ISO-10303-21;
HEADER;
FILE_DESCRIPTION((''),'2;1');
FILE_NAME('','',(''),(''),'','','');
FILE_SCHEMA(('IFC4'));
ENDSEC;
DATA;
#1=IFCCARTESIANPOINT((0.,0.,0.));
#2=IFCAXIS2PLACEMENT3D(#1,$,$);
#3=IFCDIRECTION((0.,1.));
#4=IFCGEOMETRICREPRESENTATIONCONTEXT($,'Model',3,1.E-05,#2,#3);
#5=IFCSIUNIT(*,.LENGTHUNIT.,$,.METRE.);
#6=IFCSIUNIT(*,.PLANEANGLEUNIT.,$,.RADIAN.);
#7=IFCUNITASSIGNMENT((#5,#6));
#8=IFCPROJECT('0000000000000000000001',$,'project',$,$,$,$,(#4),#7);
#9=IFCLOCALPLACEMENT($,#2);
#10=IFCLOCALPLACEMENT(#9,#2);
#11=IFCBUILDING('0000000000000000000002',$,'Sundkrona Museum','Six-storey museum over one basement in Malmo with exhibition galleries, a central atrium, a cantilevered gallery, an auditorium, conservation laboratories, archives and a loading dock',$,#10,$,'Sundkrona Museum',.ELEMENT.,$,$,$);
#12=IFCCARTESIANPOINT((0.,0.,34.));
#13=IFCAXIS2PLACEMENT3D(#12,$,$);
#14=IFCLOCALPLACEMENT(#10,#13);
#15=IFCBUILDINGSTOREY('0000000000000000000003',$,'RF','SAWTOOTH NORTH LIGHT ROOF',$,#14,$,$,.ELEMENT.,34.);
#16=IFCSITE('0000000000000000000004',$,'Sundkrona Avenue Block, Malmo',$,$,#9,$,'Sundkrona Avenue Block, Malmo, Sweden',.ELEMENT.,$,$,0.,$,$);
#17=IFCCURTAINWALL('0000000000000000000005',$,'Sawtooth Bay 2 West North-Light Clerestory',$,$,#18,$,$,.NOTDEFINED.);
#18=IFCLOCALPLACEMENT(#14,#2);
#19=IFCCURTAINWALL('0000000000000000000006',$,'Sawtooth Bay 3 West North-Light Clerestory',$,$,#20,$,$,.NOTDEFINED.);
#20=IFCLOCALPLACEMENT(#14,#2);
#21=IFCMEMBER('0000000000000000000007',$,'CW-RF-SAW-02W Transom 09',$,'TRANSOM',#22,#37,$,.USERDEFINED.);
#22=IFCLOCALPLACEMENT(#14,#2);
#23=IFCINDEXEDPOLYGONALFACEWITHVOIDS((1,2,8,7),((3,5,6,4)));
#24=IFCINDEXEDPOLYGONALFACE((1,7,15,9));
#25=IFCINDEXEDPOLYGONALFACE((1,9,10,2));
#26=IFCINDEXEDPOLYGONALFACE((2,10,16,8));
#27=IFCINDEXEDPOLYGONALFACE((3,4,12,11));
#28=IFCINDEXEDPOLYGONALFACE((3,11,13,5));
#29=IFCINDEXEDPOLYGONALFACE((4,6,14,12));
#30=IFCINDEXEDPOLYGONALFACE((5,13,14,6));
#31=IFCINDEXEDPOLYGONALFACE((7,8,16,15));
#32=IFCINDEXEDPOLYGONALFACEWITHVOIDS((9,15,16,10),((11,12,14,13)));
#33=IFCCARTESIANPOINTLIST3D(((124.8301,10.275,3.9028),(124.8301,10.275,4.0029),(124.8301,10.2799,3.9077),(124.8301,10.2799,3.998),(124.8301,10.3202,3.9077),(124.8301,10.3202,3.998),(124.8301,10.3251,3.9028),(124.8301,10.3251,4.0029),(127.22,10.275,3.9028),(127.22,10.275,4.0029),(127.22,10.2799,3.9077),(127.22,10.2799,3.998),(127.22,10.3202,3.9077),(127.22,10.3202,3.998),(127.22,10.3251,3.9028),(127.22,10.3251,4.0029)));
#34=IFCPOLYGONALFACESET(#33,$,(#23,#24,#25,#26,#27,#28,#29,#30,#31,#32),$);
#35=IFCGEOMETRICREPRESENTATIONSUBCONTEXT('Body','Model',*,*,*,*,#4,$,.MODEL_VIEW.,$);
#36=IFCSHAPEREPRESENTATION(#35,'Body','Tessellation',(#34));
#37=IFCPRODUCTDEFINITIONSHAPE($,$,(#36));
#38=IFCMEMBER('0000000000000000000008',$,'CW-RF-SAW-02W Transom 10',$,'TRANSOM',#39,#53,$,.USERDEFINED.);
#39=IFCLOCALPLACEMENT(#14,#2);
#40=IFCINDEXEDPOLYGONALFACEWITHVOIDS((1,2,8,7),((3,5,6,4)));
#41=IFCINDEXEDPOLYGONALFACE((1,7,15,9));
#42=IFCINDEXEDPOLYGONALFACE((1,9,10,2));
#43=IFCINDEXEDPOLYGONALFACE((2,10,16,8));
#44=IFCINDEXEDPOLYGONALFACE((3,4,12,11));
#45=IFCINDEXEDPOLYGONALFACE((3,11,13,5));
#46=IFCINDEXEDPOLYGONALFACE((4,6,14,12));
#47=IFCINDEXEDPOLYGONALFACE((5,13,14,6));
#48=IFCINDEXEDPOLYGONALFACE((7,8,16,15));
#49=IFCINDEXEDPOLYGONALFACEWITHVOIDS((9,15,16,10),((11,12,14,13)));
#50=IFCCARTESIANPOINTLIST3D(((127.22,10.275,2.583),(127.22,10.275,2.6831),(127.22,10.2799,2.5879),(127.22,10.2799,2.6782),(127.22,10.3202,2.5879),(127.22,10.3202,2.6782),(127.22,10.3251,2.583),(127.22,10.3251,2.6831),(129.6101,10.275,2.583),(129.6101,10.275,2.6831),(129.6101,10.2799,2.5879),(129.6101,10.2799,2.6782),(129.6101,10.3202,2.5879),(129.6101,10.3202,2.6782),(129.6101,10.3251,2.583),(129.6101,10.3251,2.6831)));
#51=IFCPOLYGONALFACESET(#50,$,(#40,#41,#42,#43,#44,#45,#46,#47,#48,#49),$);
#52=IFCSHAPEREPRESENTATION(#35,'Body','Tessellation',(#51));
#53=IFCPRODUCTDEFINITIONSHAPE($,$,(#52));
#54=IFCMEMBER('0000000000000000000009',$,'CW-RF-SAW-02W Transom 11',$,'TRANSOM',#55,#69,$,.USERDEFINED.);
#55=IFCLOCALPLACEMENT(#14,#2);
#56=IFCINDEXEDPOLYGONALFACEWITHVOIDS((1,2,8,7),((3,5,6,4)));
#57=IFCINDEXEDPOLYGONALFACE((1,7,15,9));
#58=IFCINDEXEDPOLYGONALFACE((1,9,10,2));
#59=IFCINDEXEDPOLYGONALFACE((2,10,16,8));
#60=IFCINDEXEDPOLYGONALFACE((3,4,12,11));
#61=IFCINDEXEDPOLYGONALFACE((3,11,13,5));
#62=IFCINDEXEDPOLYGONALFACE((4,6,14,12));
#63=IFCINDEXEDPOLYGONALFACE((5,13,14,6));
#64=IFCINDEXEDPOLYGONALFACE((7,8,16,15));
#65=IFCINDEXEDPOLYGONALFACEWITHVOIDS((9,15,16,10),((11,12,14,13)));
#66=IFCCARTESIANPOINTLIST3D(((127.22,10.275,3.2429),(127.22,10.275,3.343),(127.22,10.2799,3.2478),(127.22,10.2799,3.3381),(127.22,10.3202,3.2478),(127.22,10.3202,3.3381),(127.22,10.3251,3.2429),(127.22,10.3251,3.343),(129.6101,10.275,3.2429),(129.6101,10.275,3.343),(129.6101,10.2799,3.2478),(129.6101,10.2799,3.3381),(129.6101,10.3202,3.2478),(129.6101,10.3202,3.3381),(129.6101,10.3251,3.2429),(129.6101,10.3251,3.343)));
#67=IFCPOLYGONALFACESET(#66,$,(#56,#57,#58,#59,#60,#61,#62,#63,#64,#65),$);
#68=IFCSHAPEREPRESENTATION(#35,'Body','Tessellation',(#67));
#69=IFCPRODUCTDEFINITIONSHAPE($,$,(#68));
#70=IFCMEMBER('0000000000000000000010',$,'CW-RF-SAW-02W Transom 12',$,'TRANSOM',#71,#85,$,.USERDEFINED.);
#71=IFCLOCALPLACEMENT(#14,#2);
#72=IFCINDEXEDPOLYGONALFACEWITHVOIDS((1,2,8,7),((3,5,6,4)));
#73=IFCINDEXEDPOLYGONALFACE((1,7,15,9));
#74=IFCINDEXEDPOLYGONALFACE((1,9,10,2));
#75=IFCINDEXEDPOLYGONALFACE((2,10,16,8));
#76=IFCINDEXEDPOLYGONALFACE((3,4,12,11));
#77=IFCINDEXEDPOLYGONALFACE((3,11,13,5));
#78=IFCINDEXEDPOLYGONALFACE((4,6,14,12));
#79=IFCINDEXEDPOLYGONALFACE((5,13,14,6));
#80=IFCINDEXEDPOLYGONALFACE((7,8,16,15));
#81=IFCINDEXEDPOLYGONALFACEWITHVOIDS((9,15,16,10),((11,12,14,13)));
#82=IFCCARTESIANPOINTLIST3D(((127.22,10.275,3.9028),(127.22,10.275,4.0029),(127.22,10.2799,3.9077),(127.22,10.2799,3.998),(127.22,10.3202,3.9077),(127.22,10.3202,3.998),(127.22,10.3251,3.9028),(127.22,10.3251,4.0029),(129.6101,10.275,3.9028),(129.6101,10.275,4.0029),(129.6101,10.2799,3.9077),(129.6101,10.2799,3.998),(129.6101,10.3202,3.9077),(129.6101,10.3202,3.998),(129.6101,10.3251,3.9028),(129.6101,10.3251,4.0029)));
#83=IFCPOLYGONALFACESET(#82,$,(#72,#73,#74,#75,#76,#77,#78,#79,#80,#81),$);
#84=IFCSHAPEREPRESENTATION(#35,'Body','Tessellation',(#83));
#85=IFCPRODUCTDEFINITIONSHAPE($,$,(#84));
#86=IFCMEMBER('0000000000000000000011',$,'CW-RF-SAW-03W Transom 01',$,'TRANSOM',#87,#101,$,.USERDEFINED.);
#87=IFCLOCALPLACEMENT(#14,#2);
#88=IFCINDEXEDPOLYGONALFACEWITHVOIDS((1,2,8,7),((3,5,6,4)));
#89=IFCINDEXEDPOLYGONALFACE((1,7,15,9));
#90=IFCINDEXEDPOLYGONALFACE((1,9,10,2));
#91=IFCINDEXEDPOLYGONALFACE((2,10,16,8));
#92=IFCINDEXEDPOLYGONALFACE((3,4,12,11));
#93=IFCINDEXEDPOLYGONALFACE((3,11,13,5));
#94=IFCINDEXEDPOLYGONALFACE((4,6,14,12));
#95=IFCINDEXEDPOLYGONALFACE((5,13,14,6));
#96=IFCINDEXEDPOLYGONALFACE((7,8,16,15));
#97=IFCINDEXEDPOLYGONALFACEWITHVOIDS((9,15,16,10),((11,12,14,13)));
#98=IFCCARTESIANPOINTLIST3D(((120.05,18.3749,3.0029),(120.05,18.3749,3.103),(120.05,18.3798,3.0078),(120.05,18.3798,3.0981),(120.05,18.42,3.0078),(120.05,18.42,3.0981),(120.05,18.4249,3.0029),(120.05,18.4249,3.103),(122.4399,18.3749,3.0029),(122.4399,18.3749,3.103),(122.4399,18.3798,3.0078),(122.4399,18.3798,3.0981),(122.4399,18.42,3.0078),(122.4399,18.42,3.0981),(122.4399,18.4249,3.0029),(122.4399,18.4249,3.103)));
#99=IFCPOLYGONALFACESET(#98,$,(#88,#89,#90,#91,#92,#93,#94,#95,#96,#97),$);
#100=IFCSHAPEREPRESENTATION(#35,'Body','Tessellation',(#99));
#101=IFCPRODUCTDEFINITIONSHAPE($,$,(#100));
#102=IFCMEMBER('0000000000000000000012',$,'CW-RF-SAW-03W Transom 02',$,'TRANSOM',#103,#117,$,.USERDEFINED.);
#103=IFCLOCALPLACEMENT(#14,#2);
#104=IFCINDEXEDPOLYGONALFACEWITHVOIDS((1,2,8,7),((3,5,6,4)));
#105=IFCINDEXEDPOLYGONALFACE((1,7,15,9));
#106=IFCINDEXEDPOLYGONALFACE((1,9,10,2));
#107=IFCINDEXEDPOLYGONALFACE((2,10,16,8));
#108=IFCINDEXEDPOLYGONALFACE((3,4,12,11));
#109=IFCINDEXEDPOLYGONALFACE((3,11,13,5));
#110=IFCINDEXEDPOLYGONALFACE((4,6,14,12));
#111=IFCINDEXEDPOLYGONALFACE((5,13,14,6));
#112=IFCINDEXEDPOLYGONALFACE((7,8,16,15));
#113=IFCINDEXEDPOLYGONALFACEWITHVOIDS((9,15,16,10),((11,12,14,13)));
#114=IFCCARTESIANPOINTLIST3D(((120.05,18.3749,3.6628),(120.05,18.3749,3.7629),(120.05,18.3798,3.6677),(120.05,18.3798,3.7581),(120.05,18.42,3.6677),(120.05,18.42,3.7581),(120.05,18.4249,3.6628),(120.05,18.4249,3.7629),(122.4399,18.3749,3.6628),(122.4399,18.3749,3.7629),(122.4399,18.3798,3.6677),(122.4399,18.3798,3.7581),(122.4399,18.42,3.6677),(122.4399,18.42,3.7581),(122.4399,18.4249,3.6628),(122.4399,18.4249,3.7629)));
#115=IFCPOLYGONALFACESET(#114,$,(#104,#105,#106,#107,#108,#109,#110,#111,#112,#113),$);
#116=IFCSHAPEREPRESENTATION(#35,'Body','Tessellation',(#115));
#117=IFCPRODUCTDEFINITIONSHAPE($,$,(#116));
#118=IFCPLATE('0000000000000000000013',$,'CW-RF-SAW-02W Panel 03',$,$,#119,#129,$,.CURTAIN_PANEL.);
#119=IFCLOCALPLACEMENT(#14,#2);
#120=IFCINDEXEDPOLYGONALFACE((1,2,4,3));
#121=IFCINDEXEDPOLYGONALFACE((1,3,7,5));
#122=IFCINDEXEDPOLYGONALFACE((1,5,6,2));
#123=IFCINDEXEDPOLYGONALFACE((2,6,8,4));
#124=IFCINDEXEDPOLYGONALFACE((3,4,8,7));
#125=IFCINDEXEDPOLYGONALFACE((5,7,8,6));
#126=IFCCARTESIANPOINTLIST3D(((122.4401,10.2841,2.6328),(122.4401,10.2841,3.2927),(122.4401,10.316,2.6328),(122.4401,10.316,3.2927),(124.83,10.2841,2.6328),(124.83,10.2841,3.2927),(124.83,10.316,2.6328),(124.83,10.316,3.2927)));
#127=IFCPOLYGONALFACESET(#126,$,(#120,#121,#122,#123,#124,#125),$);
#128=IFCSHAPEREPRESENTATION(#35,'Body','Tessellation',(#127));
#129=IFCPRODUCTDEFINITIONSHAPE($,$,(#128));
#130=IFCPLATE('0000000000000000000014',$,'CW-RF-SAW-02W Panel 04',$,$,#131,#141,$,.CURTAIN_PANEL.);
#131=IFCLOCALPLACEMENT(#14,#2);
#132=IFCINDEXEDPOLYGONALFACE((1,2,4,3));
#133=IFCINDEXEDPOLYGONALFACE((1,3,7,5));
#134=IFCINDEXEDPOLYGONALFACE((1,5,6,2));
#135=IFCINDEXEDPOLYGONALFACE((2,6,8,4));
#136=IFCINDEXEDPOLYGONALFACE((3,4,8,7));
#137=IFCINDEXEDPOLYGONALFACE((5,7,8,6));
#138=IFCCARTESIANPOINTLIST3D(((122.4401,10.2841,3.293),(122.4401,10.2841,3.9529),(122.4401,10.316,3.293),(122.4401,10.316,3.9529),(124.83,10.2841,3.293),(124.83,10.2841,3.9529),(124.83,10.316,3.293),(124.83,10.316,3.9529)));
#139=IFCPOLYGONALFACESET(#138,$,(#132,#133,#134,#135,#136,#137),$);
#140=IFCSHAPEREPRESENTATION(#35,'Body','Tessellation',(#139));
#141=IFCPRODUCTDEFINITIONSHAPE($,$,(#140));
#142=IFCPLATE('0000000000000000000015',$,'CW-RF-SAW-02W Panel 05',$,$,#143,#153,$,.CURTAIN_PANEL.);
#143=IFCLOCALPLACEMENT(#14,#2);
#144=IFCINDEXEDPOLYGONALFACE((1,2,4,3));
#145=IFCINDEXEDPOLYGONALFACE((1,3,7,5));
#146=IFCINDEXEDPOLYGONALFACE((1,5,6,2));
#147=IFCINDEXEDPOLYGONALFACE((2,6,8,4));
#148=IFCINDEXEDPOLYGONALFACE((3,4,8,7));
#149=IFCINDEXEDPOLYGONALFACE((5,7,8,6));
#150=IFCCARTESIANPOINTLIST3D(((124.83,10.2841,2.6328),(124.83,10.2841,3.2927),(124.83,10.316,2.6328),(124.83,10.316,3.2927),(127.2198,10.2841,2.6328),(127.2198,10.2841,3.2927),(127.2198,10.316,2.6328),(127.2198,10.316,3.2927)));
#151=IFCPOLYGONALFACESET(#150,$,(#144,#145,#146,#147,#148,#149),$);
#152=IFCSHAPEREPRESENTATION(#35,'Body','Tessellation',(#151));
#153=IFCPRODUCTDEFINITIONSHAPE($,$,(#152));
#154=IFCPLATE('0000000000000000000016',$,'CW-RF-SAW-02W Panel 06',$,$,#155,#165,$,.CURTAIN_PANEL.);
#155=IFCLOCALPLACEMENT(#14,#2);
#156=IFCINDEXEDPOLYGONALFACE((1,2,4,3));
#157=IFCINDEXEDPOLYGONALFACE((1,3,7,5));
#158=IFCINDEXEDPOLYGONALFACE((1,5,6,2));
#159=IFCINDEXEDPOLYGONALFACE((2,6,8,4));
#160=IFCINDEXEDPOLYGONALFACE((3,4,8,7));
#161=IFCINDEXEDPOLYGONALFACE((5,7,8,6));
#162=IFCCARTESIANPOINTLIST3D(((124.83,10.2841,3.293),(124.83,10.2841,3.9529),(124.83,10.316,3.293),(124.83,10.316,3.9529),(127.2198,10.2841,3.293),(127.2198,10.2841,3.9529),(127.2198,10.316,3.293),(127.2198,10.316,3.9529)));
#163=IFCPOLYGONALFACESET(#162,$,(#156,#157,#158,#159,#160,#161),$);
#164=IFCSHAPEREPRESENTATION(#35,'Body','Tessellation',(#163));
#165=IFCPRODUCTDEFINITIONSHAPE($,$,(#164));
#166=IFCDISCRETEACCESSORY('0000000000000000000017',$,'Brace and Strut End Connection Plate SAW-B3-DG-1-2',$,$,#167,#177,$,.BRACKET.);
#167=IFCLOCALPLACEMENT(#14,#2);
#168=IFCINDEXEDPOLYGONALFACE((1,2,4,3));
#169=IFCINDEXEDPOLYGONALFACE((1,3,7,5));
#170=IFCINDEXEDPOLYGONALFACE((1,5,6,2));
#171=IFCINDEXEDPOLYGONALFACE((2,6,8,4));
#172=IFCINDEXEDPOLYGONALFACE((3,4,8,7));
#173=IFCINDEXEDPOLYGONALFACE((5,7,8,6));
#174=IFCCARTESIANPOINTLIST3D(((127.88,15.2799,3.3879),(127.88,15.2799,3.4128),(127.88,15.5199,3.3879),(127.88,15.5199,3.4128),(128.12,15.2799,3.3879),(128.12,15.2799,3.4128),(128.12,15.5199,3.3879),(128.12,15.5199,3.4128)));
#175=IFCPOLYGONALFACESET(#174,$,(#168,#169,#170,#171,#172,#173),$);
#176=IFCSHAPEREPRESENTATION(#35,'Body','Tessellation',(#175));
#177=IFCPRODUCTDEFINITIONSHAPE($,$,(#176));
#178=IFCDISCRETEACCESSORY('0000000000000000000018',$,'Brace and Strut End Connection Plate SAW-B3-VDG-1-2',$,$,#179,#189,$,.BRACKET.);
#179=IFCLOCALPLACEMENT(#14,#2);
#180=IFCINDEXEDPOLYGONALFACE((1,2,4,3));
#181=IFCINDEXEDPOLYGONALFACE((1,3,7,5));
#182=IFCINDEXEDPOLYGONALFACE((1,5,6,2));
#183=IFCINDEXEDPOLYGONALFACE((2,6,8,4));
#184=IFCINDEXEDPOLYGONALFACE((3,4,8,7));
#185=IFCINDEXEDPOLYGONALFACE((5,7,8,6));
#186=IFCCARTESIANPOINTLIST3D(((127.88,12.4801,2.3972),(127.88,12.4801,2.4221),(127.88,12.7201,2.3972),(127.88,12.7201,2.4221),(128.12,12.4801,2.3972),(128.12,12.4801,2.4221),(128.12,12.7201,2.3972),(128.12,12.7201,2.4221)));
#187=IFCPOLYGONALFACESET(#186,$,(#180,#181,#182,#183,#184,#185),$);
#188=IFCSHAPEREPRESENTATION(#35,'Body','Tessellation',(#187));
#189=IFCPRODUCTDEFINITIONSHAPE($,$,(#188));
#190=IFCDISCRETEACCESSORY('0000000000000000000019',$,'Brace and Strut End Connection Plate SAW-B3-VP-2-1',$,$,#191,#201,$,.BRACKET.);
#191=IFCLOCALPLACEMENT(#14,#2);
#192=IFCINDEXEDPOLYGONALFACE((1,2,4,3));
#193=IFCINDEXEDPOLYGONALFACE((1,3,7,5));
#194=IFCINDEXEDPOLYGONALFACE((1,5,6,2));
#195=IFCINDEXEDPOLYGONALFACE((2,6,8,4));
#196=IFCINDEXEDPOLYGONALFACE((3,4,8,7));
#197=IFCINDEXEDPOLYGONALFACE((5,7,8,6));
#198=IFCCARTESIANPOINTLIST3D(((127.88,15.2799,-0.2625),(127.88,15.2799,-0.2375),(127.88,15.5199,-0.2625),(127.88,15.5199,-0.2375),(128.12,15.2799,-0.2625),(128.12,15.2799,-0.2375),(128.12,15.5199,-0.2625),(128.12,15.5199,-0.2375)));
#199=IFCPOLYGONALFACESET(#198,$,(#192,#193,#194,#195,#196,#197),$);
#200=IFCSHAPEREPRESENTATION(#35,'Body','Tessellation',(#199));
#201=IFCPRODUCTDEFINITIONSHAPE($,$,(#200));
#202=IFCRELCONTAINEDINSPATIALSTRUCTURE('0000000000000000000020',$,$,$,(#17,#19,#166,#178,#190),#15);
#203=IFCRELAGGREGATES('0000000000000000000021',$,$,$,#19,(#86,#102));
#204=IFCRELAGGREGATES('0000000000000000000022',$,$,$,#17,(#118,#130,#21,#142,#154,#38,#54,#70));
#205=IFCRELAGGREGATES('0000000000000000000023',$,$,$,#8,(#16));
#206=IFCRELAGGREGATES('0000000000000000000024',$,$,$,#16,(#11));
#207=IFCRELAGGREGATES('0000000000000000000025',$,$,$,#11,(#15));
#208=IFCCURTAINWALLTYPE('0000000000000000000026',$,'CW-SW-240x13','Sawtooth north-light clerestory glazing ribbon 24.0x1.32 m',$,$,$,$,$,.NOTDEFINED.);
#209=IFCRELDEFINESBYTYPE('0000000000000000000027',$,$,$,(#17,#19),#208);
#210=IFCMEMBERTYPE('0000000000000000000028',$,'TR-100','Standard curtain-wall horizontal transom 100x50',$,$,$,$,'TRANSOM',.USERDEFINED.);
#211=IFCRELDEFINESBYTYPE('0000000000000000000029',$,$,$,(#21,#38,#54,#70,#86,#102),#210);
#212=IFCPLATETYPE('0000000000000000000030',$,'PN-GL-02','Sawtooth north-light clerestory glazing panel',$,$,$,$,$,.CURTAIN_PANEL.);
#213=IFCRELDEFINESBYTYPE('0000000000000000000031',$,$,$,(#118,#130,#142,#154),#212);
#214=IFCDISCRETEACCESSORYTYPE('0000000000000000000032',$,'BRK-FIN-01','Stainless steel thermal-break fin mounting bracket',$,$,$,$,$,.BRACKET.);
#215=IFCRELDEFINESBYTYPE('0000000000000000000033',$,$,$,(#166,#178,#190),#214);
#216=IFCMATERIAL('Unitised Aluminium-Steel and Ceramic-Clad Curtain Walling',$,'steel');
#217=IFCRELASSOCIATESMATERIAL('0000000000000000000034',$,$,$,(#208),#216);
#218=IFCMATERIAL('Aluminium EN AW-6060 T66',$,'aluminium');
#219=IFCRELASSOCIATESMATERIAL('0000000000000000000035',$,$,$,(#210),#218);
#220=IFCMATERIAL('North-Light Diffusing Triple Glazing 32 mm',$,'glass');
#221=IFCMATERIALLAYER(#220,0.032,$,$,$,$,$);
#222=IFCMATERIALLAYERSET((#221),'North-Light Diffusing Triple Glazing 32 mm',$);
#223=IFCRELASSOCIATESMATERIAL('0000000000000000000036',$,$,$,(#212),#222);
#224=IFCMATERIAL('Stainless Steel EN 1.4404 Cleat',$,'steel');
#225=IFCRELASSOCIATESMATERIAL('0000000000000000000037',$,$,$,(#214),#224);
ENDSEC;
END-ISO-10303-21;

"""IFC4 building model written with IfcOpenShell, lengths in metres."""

from ifc_helpers import new_model, si_unit, direction, frame, origin, origin_2d, place, context, subcontext, project, spatial, rectangle, hollow_rectangle, extrude, material, layer, layer_set, material_profile, profile_set, type_object, element, aggregate, save


model = new_model("IFC4")

# Units and contexts
model_context = context("Model", 3, precision=1e-05, world=origin(), true_north=direction((0.0, 1.0)))
body_context = subcontext(model_context, "Body", "Model", "MODEL_VIEW")
ifc_project = project(units=[si_unit("LENGTHUNIT", "METRE"), si_unit("PLANEANGLEUNIT", "RADIAN")], contexts=[model_context])

# Site, building, storey
site_placement = place(None, origin())
site = spatial("IfcSite", under=ifc_project, at=site_placement, Name="Sundkrona Avenue Block, Malmo", LongName="Sundkrona Avenue Block, Malmo, Sweden", CompositionType="ELEMENT", RefElevation=0.0)
building_placement = place(site_placement, origin())
building = spatial("IfcBuilding", under=site, at=building_placement, Name="Sundkrona Museum", Description="Six-storey museum over one basement in Malmo with exhibition galleries, a central atrium, a cantilevered gallery, an auditorium, conservation laboratories, archives and a loading dock", LongName="Sundkrona Museum", CompositionType="ELEMENT")
storey_placement = place(building_placement, frame((0.0, 0.0, 34.0)))
storey = spatial("IfcBuildingStorey", under=building, at=storey_placement, Name="RF", Description="SAWTOOTH NORTH LIGHT ROOF", CompositionType="ELEMENT", Elevation=34.0)

# Curtain wall
ifc_material_1 = material(Name="Unitised Aluminium-Steel and Ceramic-Clad Curtain Walling", Category="steel")
curtain_wall_type = type_object("IfcCurtainWallType", Name="CW-SW-240x13", Description="Sawtooth north-light clerestory glazing ribbon 24.0x1.32 m", PredefinedType="NOTDEFINED", material=ifc_material_1)
curtain_wall_1_placement = place(storey_placement, origin())
curtain_wall_1 = element("IfcCurtainWall", 1, at=curtain_wall_1_placement, inside=storey, type_object=curtain_wall_type, Name="Sawtooth Bay 2 West North-Light Clerestory", PredefinedType="NOTDEFINED")
ifc_material_2 = material(Name="Aluminium EN AW-6060 T66", Category="aluminium")

# Curtain wall
curtain_wall_2_placement = place(storey_placement, origin())
curtain_wall_2 = element("IfcCurtainWall", 2, at=curtain_wall_2_placement, inside=storey, type_object=curtain_wall_type, Name="Sawtooth Bay 3 West North-Light Clerestory", PredefinedType="NOTDEFINED")

# Members
ifc_material_profile_1 = material_profile(ifc_material_2, hollow_rectangle(XDim=0.05, YDim=0.1001, WallThickness=0.0049, at=origin_2d()), Name="RHS 100x50x5.0")
ifc_profile_set_1 = profile_set([ifc_material_profile_1], Name="Aluminium EN AW-6060 T66")
member_type_1 = type_object("IfcMemberType", Name="TR-100", Description="Standard curtain-wall horizontal transom 100x50", ElementType="TRANSOM", PredefinedType="USERDEFINED", material=ifc_profile_set_1)
member_1_placement = place(storey_placement, frame((124.8301, 10.3, 3.9529), z_axis=(1.0, 0.0, 0.0), x_axis=(0.0, 1.0, 0.0)))
member_1 = element("IfcMember", 3, at=member_1_placement, type_object=member_type_1, Name="CW-RF-SAW-02W Transom 09", ObjectType="TRANSOM", PredefinedType="USERDEFINED", context=body_context, shape_type="SweptSolid", body=[
    extrude(hollow_rectangle(XDim=0.05, YDim=0.1001, WallThickness=0.0049, at=origin_2d()), origin(), (0.0, 0.0, 1.0), 2.3899),
])
member_2_placement = place(storey_placement, frame((127.22, 10.3, 2.6331), z_axis=(1.0, 0.0, 0.0), x_axis=(0.0, 1.0, 0.0)))
member_2 = element("IfcMember", 4, at=member_2_placement, type_object=member_type_1, Name="CW-RF-SAW-02W Transom 10", ObjectType="TRANSOM", PredefinedType="USERDEFINED", context=body_context, shape_type="SweptSolid", body=[
    extrude(hollow_rectangle(XDim=0.05, YDim=0.1001, WallThickness=0.0049, at=origin_2d()), origin(), (0.0, 0.0, 1.0), 2.3901),
])
member_3_placement = place(storey_placement, frame((127.22, 10.3, 3.293), z_axis=(1.0, 0.0, 0.0), x_axis=(0.0, 1.0, 0.0)))
member_3 = element("IfcMember", 5, at=member_3_placement, type_object=member_type_1, Name="CW-RF-SAW-02W Transom 11", ObjectType="TRANSOM", PredefinedType="USERDEFINED", context=body_context, shape_type="SweptSolid", body=[
    extrude(hollow_rectangle(XDim=0.05, YDim=0.1001, WallThickness=0.0049, at=origin_2d()), origin(), (0.0, 0.0, 1.0), 2.3901),
])
member_4_placement = place(storey_placement, frame((127.22, 10.3, 3.9529), z_axis=(1.0, 0.0, 0.0), x_axis=(0.0, 1.0, 0.0)))
member_4 = element("IfcMember", 6, at=member_4_placement, type_object=member_type_1, Name="CW-RF-SAW-02W Transom 12", ObjectType="TRANSOM", PredefinedType="USERDEFINED", context=body_context, shape_type="SweptSolid", body=[
    extrude(hollow_rectangle(XDim=0.05, YDim=0.1001, WallThickness=0.0049, at=origin_2d()), origin(), (0.0, 0.0, 1.0), 2.3901),
])
member_5_placement = place(storey_placement, frame((120.05, 18.3999, 3.053), z_axis=(1.0, 0.0, 0.0), x_axis=(0.0, 1.0, 0.0)))
member_5 = element("IfcMember", 7, at=member_5_placement, type_object=member_type_1, Name="CW-RF-SAW-03W Transom 01", ObjectType="TRANSOM", PredefinedType="USERDEFINED", context=body_context, shape_type="SweptSolid", body=[
    extrude(hollow_rectangle(XDim=0.05, YDim=0.1001, WallThickness=0.0049, at=origin_2d()), origin(), (0.0, 0.0, 1.0), 2.3899),
])
member_6_placement = place(storey_placement, frame((120.05, 18.3999, 3.7129), z_axis=(1.0, 0.0, 0.0), x_axis=(0.0, 1.0, 0.0)))
member_6 = element("IfcMember", 8, at=member_6_placement, type_object=member_type_1, Name="CW-RF-SAW-03W Transom 02", ObjectType="TRANSOM", PredefinedType="USERDEFINED", context=body_context, shape_type="SweptSolid", body=[
    extrude(hollow_rectangle(XDim=0.05, YDim=0.1001, WallThickness=0.0049, at=origin_2d()), origin(), (0.0, 0.0, 1.0), 2.3899),
])
aggregate(curtain_wall_2, [member_5, member_6])

# Plates
ifc_material_3 = material(Name="North-Light Diffusing Triple Glazing 32 mm", Category="glass")
ifc_layer = layer(ifc_material_3, 0.032)
ifc_layer_set = layer_set([ifc_layer], Name="North-Light Diffusing Triple Glazing 32 mm")
plate_type = type_object("IfcPlateType", Name="PN-GL-02", Description="Sawtooth north-light clerestory glazing panel", PredefinedType="CURTAIN_PANEL", material=ifc_layer_set)
plate_1_placement = place(storey_placement, frame((123.635, 10.3, 2.6328), z_axis=(0.0, 0.0, 1.0), x_axis=(1.0, 0.0, 0.0)))
plate_1 = element("IfcPlate", 9, at=plate_1_placement, type_object=plate_type, Name="CW-RF-SAW-02W Panel 03", PredefinedType="CURTAIN_PANEL", context=body_context, shape_type="SweptSolid", body=[
    extrude(rectangle(XDim=2.3899, YDim=0.032, at=origin_2d()), origin(), (0.0, 0.0, 1.0), 0.6599),
])
plate_2_placement = place(storey_placement, frame((123.635, 10.3, 3.293), z_axis=(0.0, 0.0, 1.0), x_axis=(1.0, 0.0, 0.0)))
plate_2 = element("IfcPlate", 10, at=plate_2_placement, type_object=plate_type, Name="CW-RF-SAW-02W Panel 04", PredefinedType="CURTAIN_PANEL", context=body_context, shape_type="SweptSolid", body=[
    extrude(rectangle(XDim=2.3899, YDim=0.032, at=origin_2d()), origin(), (0.0, 0.0, 1.0), 0.6599),
])
plate_3_placement = place(storey_placement, frame((126.0249, 10.3, 2.6328), z_axis=(0.0, 0.0, 1.0), x_axis=(1.0, 0.0, 0.0)))
plate_3 = element("IfcPlate", 11, at=plate_3_placement, type_object=plate_type, Name="CW-RF-SAW-02W Panel 05", PredefinedType="CURTAIN_PANEL", context=body_context, shape_type="SweptSolid", body=[
    extrude(rectangle(XDim=2.3899, YDim=0.032, at=origin_2d()), origin(), (0.0, 0.0, 1.0), 0.6599),
])
plate_4_placement = place(storey_placement, frame((126.0249, 10.3, 3.293), z_axis=(0.0, 0.0, 1.0), x_axis=(1.0, 0.0, 0.0)))
plate_4 = element("IfcPlate", 12, at=plate_4_placement, type_object=plate_type, Name="CW-RF-SAW-02W Panel 06", PredefinedType="CURTAIN_PANEL", context=body_context, shape_type="SweptSolid", body=[
    extrude(rectangle(XDim=2.3899, YDim=0.032, at=origin_2d()), origin(), (0.0, 0.0, 1.0), 0.6599),
])
aggregate(curtain_wall_1, [plate_1, plate_2, member_1, plate_3, plate_4, member_2, member_3, member_4])

# Discrete accessories
ifc_material_4 = material(Name="Stainless Steel EN 1.4404 Cleat", Category="steel")
discrete_accessory_type = type_object("IfcDiscreteAccessoryType", Name="BRK-FIN-01", Description="Stainless steel thermal-break fin mounting bracket", PredefinedType="BRACKET", material=ifc_material_4)
for number, where, z_axis, x_axis, name in (
    (13, (128.0, 15.3999, 3.3879), (0.0, 0.0, 1.0), (1.0, 0.0, 0.0), "Brace and Strut End Connection Plate SAW-B3-DG-1-2"),
    (14, (128.0, 12.6001, 2.3972), (0.0, 0.0, 1.0), (1.0, 0.0, 0.0), "Brace and Strut End Connection Plate SAW-B3-VDG-1-2"),
    (15, (128.0, 15.3999, -0.2625), (0.0, 0.0, 1.0), (1.0, 0.0, 0.0), "Brace and Strut End Connection Plate SAW-B3-VP-2-1"),
):
    element("IfcDiscreteAccessory", number, at=place(storey_placement, frame(where, z_axis=z_axis, x_axis=x_axis)), inside=storey, type_object=discrete_accessory_type, Name=name, PredefinedType="BRACKET", context=body_context, shape_type="SweptSolid", body=[
        extrude(rectangle(XDim=0.24, YDim=0.24, at=origin_2d()), origin(), (0.0, 0.0, 1.0), 0.0249),
    ])

save(model, "model.ifc")
